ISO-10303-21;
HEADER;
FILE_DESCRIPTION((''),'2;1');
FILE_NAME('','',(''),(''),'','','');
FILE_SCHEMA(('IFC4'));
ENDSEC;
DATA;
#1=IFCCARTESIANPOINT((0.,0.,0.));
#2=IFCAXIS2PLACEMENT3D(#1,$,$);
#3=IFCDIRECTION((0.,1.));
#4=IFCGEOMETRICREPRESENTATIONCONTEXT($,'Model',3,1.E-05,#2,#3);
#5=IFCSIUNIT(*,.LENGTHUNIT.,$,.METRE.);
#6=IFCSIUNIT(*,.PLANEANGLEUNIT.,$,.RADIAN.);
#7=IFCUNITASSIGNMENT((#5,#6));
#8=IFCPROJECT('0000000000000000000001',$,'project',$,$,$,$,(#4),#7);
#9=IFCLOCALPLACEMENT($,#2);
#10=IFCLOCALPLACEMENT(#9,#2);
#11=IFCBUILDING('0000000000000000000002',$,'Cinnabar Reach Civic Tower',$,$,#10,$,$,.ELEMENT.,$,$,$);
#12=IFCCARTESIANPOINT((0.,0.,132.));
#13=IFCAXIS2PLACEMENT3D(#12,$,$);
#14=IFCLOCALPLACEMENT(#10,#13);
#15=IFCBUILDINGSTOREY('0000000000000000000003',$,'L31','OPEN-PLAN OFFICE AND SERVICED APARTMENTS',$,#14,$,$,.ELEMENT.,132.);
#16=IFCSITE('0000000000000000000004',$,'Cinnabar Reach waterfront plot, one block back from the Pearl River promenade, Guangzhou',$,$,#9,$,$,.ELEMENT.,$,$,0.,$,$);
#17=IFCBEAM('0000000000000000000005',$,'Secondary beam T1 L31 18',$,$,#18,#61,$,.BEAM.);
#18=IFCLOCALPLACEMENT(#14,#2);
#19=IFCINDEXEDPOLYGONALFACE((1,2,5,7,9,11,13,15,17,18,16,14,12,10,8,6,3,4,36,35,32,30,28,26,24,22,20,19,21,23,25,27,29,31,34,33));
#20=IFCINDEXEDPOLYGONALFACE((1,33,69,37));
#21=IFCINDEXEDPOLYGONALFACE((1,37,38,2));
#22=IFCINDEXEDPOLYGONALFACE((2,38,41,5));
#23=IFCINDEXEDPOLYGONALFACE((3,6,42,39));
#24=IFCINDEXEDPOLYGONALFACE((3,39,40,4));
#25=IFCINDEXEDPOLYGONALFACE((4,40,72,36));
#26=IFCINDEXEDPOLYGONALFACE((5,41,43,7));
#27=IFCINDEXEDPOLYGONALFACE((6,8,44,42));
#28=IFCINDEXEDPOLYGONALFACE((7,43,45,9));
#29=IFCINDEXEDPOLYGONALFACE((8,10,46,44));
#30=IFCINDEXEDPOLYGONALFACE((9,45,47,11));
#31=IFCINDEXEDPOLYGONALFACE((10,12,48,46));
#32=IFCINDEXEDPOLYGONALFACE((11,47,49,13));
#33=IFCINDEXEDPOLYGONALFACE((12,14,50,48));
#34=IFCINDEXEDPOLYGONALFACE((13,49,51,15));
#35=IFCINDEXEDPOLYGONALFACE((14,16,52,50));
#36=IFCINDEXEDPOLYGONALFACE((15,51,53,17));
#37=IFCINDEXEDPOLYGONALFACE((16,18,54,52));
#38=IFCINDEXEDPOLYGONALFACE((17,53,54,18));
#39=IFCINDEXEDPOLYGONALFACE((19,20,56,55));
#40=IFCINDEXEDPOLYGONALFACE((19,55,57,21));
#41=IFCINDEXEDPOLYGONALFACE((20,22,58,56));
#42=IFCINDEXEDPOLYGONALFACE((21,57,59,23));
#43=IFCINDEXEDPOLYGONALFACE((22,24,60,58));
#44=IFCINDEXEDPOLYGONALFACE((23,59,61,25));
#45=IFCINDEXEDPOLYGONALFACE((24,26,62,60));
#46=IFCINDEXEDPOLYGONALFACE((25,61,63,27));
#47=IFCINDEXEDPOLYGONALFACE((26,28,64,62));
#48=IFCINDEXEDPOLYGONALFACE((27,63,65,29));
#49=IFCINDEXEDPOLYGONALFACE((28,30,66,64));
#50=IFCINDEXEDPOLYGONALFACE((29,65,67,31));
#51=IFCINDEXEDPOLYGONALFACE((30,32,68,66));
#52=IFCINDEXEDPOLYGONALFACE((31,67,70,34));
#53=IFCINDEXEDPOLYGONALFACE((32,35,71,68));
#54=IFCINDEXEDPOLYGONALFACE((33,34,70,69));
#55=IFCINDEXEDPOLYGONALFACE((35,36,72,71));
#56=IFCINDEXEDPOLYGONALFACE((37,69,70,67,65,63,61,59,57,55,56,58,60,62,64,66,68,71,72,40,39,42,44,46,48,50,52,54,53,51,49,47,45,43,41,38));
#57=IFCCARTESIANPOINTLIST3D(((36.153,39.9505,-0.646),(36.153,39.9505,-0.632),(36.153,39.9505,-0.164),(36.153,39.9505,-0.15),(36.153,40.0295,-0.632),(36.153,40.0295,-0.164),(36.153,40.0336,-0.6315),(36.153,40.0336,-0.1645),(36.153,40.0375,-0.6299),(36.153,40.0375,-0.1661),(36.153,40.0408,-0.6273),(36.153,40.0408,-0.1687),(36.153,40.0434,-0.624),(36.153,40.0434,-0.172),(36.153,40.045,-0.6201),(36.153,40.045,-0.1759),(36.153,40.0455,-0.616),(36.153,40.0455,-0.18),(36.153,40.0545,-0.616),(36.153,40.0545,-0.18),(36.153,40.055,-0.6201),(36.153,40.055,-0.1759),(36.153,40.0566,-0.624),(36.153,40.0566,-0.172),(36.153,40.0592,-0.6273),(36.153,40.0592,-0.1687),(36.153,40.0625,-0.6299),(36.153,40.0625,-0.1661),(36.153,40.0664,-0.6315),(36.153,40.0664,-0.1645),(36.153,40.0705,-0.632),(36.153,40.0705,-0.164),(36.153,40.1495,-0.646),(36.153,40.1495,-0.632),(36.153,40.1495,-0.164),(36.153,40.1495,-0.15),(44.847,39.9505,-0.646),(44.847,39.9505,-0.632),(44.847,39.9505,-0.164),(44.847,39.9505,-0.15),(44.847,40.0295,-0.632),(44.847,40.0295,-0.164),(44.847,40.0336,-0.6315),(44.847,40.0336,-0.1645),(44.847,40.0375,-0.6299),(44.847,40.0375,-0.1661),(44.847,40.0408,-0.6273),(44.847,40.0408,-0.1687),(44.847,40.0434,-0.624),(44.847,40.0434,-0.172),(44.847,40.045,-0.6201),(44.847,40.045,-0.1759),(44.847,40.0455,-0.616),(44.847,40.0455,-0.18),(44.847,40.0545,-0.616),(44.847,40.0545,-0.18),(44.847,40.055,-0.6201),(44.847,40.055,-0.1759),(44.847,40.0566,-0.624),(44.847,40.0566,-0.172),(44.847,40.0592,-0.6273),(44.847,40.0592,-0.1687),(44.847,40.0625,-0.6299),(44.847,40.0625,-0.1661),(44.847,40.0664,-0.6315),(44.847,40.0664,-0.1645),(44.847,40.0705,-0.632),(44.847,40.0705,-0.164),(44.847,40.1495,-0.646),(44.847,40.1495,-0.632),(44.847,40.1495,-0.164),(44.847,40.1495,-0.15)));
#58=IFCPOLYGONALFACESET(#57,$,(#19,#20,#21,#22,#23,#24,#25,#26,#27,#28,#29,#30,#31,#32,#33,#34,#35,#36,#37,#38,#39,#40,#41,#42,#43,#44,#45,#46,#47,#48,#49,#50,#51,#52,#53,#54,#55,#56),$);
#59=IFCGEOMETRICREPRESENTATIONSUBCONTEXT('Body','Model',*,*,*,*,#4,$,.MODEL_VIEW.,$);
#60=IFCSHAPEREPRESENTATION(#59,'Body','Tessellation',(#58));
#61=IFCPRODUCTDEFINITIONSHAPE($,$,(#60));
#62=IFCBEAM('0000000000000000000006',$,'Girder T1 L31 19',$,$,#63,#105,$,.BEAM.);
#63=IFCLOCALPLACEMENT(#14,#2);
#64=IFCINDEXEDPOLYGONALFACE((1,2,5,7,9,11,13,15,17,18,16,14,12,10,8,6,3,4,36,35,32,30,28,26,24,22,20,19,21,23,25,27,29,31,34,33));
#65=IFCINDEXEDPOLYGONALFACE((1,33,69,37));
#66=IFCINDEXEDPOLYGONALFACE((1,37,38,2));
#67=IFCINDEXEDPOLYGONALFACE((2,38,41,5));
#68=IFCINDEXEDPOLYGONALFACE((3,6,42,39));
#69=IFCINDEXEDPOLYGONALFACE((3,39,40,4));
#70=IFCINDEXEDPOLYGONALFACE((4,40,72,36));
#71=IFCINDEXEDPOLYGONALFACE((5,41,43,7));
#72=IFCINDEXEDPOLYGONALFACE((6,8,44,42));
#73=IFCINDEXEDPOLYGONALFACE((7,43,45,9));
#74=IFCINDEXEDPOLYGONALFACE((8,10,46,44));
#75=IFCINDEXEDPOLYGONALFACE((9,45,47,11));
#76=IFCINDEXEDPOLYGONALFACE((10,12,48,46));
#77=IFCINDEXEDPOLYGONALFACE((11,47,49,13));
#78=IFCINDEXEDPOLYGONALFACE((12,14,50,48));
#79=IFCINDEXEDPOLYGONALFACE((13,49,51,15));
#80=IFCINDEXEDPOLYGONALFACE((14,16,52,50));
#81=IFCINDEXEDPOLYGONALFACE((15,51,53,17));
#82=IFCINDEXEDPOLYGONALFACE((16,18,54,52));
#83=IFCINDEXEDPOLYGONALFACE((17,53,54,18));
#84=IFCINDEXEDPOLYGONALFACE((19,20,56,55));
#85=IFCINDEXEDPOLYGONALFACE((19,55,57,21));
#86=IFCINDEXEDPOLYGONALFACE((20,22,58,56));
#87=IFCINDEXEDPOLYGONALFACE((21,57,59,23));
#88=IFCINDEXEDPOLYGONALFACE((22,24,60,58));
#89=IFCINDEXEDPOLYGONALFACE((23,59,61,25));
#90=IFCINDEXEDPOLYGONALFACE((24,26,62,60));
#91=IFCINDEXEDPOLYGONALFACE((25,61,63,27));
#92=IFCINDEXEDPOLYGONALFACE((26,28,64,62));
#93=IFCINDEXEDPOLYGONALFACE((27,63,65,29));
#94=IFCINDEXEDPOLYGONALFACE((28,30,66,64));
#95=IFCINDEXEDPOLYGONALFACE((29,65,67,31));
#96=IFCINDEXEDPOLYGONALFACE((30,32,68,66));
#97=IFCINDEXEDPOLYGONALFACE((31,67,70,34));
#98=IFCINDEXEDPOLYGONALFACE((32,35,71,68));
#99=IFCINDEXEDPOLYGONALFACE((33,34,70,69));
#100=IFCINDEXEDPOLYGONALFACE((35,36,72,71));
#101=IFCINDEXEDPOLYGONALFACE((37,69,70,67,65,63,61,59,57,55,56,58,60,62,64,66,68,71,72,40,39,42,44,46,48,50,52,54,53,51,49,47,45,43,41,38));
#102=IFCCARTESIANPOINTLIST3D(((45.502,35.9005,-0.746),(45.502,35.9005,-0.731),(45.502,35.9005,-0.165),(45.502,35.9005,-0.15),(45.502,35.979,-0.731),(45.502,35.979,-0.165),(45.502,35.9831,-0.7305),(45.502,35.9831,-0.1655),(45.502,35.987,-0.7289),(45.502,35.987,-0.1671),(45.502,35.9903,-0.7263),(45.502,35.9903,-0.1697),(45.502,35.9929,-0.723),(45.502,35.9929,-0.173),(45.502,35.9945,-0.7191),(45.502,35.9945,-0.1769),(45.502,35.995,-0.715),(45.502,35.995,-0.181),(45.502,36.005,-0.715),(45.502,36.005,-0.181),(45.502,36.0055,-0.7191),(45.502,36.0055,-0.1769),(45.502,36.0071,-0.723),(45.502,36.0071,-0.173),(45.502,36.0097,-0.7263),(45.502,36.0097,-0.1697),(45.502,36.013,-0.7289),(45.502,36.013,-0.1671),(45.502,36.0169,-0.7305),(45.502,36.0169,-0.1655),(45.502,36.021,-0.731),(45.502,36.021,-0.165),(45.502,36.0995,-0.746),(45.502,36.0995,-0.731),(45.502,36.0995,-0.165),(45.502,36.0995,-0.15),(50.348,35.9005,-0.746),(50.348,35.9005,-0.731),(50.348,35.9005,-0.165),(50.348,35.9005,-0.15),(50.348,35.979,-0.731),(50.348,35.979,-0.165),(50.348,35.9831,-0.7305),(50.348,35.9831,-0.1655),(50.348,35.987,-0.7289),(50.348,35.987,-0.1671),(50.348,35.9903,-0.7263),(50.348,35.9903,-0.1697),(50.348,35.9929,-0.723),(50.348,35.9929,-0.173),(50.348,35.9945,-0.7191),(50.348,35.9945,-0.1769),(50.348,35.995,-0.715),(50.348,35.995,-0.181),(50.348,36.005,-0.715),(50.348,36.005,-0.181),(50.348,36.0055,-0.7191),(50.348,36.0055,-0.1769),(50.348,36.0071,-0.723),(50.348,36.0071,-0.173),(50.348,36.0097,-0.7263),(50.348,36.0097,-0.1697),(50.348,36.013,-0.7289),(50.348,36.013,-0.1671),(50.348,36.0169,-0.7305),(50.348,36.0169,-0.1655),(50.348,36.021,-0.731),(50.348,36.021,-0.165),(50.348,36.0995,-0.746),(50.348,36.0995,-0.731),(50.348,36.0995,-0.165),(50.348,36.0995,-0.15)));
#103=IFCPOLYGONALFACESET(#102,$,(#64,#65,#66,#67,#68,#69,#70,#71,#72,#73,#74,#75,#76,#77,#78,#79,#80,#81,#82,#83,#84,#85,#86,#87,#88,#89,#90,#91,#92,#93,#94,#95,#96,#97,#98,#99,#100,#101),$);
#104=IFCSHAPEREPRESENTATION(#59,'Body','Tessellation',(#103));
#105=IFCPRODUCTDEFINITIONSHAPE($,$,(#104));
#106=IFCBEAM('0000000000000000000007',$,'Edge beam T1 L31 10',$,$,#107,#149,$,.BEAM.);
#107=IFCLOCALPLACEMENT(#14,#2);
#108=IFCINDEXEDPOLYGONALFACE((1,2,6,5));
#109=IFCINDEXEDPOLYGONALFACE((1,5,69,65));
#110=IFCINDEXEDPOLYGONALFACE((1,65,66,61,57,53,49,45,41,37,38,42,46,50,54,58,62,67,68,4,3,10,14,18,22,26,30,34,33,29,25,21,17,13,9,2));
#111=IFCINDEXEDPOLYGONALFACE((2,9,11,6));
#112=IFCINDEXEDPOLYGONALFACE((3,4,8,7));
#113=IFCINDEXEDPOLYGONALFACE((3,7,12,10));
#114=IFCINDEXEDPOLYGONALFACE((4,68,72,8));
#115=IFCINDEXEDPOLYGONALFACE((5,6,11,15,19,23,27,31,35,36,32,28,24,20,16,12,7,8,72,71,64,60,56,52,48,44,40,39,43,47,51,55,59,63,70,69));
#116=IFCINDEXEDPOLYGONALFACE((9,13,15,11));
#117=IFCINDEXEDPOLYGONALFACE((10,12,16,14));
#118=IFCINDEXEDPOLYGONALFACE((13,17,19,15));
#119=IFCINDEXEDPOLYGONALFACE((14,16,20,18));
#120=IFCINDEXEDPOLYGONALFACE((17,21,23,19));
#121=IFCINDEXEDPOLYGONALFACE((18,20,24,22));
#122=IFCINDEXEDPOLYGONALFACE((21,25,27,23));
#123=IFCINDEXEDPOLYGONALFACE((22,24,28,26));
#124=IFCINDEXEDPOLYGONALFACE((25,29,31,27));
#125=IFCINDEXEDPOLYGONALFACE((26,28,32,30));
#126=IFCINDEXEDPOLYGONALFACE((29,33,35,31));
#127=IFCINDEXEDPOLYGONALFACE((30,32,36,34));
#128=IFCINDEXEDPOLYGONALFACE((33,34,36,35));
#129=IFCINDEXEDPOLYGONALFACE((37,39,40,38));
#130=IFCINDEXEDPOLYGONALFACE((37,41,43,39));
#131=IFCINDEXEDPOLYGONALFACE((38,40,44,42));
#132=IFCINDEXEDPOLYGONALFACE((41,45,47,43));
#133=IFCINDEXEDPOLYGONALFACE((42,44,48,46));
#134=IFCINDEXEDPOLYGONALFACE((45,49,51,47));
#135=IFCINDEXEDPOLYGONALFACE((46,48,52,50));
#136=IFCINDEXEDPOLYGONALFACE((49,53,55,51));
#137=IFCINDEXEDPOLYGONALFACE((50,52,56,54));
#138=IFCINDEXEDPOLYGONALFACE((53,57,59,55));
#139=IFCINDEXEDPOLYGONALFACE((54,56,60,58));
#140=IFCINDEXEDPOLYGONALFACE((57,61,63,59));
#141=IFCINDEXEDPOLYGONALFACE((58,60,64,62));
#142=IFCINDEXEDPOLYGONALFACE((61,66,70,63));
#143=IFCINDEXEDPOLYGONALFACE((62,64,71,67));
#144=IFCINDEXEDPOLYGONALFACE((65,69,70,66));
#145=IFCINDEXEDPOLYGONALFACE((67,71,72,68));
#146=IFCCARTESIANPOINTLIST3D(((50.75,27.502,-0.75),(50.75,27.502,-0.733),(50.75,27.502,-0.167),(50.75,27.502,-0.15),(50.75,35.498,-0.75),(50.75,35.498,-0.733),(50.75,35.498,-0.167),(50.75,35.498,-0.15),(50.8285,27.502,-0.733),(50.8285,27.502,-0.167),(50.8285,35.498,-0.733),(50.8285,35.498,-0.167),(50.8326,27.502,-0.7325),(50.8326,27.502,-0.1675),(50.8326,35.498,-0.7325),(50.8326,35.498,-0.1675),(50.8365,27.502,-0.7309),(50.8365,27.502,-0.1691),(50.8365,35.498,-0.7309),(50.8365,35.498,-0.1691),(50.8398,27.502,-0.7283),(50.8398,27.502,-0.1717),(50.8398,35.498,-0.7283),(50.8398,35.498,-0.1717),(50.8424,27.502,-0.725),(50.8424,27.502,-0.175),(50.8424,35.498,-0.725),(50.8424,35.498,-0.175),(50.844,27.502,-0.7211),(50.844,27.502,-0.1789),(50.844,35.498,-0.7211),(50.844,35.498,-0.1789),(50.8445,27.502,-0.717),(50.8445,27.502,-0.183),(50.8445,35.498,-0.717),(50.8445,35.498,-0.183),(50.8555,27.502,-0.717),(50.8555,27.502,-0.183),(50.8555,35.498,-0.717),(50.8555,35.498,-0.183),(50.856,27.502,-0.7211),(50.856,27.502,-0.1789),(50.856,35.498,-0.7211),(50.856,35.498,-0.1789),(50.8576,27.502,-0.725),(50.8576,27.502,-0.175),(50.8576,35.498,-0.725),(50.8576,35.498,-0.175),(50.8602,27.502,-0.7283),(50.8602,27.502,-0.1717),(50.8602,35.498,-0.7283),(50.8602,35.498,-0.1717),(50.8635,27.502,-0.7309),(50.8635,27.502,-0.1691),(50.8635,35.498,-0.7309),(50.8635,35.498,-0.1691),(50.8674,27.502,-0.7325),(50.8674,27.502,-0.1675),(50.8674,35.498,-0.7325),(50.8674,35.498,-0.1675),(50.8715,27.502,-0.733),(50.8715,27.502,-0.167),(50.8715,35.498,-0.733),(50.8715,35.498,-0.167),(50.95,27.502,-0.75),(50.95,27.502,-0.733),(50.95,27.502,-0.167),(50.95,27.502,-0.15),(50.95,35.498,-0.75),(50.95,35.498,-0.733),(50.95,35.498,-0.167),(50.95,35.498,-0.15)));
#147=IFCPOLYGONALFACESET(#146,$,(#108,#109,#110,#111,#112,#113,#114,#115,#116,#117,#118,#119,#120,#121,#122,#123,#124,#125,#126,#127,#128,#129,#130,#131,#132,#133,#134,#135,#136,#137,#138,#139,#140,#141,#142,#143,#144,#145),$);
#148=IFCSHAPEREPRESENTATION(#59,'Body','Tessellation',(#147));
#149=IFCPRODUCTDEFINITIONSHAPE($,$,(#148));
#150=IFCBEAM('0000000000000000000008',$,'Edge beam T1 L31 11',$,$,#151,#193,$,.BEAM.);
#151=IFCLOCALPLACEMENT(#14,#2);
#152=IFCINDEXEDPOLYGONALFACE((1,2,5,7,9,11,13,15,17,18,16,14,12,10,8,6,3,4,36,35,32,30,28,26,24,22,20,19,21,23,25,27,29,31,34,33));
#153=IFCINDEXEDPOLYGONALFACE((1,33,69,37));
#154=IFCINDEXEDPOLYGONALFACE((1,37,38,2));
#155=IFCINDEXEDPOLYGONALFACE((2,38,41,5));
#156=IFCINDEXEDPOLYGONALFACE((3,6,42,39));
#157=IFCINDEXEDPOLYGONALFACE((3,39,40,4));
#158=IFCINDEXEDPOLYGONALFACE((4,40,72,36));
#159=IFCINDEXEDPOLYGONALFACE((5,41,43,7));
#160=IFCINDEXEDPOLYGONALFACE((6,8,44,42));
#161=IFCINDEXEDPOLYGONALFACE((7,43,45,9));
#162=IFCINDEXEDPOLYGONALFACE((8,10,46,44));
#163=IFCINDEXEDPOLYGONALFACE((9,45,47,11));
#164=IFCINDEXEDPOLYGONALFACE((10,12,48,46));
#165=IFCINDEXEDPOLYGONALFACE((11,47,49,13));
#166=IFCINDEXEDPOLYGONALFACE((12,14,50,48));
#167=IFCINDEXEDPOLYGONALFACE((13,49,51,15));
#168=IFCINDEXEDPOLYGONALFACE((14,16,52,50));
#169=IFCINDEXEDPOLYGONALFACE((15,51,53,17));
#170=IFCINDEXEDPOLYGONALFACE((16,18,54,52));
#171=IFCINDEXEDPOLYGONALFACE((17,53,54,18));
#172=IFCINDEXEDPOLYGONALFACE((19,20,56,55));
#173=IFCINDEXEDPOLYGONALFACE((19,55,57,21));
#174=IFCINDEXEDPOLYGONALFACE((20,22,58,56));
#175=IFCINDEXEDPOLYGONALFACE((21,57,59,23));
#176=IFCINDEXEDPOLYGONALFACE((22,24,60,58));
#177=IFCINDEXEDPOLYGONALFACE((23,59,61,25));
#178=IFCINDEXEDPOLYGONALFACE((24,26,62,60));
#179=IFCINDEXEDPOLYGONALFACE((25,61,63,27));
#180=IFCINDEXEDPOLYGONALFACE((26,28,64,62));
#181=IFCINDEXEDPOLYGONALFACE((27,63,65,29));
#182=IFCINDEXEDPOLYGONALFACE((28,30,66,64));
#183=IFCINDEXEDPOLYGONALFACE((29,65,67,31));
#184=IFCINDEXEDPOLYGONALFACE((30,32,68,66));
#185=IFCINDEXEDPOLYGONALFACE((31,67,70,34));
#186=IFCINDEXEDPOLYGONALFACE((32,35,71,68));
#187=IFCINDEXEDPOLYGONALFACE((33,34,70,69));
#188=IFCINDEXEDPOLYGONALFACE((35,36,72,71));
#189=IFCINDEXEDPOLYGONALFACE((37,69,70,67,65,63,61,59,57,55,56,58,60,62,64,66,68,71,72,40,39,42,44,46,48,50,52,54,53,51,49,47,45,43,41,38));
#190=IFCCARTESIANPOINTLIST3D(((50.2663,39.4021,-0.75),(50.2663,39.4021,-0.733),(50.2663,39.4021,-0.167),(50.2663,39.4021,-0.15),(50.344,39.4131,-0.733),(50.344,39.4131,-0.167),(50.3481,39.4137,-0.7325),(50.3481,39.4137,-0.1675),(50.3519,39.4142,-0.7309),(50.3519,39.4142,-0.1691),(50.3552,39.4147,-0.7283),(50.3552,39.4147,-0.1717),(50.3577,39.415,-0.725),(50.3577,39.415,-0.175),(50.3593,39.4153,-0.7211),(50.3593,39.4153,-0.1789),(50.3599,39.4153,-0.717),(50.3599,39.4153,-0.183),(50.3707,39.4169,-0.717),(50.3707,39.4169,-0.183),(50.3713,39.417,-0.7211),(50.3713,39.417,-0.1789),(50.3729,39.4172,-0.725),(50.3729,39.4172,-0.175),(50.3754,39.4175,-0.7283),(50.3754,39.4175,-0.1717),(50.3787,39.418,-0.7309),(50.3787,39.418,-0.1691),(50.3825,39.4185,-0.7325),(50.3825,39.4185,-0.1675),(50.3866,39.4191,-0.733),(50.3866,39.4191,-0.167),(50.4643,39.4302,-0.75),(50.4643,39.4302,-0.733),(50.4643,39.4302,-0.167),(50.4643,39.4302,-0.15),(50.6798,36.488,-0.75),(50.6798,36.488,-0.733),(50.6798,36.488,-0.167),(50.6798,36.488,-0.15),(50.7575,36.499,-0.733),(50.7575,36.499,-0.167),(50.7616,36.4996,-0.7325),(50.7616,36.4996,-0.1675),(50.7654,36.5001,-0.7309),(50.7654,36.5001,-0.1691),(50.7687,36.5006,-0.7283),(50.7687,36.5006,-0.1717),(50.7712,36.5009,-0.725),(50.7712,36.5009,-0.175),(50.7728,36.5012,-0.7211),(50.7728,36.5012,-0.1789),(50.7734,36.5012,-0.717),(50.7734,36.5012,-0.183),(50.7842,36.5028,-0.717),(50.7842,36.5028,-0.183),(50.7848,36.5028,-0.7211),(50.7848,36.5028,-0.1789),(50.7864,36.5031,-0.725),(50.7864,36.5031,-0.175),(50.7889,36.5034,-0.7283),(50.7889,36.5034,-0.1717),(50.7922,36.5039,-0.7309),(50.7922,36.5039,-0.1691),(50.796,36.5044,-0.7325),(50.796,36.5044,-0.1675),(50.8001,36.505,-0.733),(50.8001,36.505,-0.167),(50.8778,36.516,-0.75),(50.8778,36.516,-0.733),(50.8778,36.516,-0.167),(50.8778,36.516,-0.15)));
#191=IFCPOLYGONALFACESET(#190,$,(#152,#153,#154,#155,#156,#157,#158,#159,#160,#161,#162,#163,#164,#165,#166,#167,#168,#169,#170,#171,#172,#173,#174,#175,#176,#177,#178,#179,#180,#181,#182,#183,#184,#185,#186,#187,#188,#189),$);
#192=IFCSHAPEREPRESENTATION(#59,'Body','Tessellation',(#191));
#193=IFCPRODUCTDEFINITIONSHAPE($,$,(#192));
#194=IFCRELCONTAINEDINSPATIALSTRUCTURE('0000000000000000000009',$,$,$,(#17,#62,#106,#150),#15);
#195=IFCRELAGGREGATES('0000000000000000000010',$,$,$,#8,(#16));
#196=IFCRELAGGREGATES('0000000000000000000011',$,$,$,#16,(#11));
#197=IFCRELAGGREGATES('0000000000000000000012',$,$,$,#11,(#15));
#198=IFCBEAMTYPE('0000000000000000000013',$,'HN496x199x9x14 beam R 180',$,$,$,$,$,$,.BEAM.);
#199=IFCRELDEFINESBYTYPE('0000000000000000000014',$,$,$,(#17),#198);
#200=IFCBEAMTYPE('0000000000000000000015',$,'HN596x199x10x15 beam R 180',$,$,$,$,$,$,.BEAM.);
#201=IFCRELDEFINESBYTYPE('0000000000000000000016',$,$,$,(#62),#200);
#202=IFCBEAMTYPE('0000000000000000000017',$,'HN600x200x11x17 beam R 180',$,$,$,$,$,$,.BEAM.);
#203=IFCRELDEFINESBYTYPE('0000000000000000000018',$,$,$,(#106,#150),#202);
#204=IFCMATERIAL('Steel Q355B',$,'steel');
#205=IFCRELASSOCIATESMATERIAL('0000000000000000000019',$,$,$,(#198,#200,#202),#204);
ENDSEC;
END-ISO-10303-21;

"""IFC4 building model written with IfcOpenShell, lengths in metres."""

from ifc_helpers import new_model, si_unit, direction, frame, origin, origin_2d, place, context, subcontext, project, spatial, i_section, extrude, material, material_profile, profile_set, type_object, element, save


model = new_model("IFC4")

# Units and contexts
model_context = context("Model", 3, precision=1e-05, world=origin(), true_north=direction((0.0, 1.0)))
body_context = subcontext(model_context, "Body", "Model", "MODEL_VIEW")
ifc_project = project(units=[si_unit("LENGTHUNIT", "METRE"), si_unit("PLANEANGLEUNIT", "RADIAN")], contexts=[model_context])

# Site, building, storey
site_placement = place(None, origin())
site = spatial("IfcSite", under=ifc_project, at=site_placement, Name="Cinnabar Reach waterfront plot, one block back from the Pearl River promenade, Guangzhou", CompositionType="ELEMENT", RefElevation=0.0)
building_placement = place(site_placement, origin())
building = spatial("IfcBuilding", under=site, at=building_placement, Name="Cinnabar Reach Civic Tower", CompositionType="ELEMENT")
storey_placement = place(building_placement, frame((0.0, 0.0, 132.0)))
storey = spatial("IfcBuildingStorey", under=building, at=storey_placement, Name="L31", Description="OPEN-PLAN OFFICE AND SERVICED APARTMENTS", CompositionType="ELEMENT", Elevation=132.0)

# Beams
ifc_material_1 = material(Name="Steel Q355B", Category="steel")
ifc_material_profile_1 = material_profile(ifc_material_1, i_section(OverallWidth=0.199, OverallDepth=0.496, WebThickness=0.009, FlangeThickness=0.014, FilletRadius=0.016, at=origin_2d()), Name="HN496x199x9x14")
ifc_profile_set_1 = profile_set([ifc_material_profile_1], Name="Steel Q355B")
beam_type_1 = type_object("IfcBeamType", Name="HN496x199x9x14 beam R 180", PredefinedType="BEAM", material=ifc_profile_set_1)
beam_1_placement = place(storey_placement, frame((36.153, 40.05, -0.398), z_axis=(1.0, 0.0, 0.0), x_axis=(0.0, 1.0, 0.0)))
element("IfcBeam", 1, at=beam_1_placement, inside=storey, type_object=beam_type_1, Name="Secondary beam T1 L31 18", PredefinedType="BEAM", context=body_context, shape_type="SweptSolid", body=[
    extrude(i_section(OverallWidth=0.199, OverallDepth=0.496, WebThickness=0.009, FlangeThickness=0.014, FilletRadius=0.016, at=origin_2d()), origin(), (0.0, 0.0, 1.0), 8.694),
])
ifc_material_profile_2 = material_profile(ifc_material_1, i_section(OverallWidth=0.199, OverallDepth=0.596, WebThickness=0.01, FlangeThickness=0.015, FilletRadius=0.016, at=origin_2d()), Name="HN596x199x10x15")
ifc_profile_set_2 = profile_set([ifc_material_profile_2], Name="Steel Q355B")
beam_type_2 = type_object("IfcBeamType", Name="HN596x199x10x15 beam R 180", PredefinedType="BEAM", material=ifc_profile_set_2)
beam_2_placement = place(storey_placement, frame((45.502, 36.0, -0.448), z_axis=(1.0, 0.0, 0.0), x_axis=(0.0, 1.0, 0.0)))
element("IfcBeam", 2, at=beam_2_placement, inside=storey, type_object=beam_type_2, Name="Girder T1 L31 19", PredefinedType="BEAM", context=body_context, shape_type="SweptSolid", body=[
    extrude(i_section(OverallWidth=0.199, OverallDepth=0.596, WebThickness=0.01, FlangeThickness=0.015, FilletRadius=0.016, at=origin_2d()), origin(), (0.0, 0.0, 1.0), 4.846),
])
ifc_material_profile_3 = material_profile(ifc_material_1, i_section(OverallWidth=0.2, OverallDepth=0.6, WebThickness=0.011, FlangeThickness=0.017, FilletRadius=0.016, at=origin_2d()), Name="HN600x200x11x17")
ifc_profile_set_3 = profile_set([ifc_material_profile_3], Name="Steel Q355B")
beam_type_3 = type_object("IfcBeamType", Name="HN600x200x11x17 beam R 180", PredefinedType="BEAM", material=ifc_profile_set_3)
beam_3_placement = place(storey_placement, frame((50.85, 27.502, -0.45), z_axis=(0.0, 1.0, 0.0), x_axis=(-1.0, 0.0, 0.0)))
element("IfcBeam", 3, at=beam_3_placement, inside=storey, type_object=beam_type_3, Name="Edge beam T1 L31 10", PredefinedType="BEAM", context=body_context, shape_type="SweptSolid", body=[
    extrude(i_section(OverallWidth=0.2, OverallDepth=0.6, WebThickness=0.011, FlangeThickness=0.017, FilletRadius=0.016, at=origin_2d()), origin(), (0.0, 0.0, 1.0), 7.996),
])
beam_4_placement = place(storey_placement, frame((50.7788, 36.502, -0.45), z_axis=(-0.140489, 0.990082, 0.0), x_axis=(-0.990082, -0.140489, 0.0)))
element("IfcBeam", 4, at=beam_4_placement, inside=storey, type_object=beam_type_3, Name="Edge beam T1 L31 11", PredefinedType="BEAM", context=body_context, shape_type="SweptSolid", body=[
    extrude(i_section(OverallWidth=0.2, OverallDepth=0.6, WebThickness=0.011, FlangeThickness=0.017, FilletRadius=0.016, at=origin_2d()), origin(), (0.0, 0.0, 1.0), 2.9433),
])

save(model, "model.ifc")
